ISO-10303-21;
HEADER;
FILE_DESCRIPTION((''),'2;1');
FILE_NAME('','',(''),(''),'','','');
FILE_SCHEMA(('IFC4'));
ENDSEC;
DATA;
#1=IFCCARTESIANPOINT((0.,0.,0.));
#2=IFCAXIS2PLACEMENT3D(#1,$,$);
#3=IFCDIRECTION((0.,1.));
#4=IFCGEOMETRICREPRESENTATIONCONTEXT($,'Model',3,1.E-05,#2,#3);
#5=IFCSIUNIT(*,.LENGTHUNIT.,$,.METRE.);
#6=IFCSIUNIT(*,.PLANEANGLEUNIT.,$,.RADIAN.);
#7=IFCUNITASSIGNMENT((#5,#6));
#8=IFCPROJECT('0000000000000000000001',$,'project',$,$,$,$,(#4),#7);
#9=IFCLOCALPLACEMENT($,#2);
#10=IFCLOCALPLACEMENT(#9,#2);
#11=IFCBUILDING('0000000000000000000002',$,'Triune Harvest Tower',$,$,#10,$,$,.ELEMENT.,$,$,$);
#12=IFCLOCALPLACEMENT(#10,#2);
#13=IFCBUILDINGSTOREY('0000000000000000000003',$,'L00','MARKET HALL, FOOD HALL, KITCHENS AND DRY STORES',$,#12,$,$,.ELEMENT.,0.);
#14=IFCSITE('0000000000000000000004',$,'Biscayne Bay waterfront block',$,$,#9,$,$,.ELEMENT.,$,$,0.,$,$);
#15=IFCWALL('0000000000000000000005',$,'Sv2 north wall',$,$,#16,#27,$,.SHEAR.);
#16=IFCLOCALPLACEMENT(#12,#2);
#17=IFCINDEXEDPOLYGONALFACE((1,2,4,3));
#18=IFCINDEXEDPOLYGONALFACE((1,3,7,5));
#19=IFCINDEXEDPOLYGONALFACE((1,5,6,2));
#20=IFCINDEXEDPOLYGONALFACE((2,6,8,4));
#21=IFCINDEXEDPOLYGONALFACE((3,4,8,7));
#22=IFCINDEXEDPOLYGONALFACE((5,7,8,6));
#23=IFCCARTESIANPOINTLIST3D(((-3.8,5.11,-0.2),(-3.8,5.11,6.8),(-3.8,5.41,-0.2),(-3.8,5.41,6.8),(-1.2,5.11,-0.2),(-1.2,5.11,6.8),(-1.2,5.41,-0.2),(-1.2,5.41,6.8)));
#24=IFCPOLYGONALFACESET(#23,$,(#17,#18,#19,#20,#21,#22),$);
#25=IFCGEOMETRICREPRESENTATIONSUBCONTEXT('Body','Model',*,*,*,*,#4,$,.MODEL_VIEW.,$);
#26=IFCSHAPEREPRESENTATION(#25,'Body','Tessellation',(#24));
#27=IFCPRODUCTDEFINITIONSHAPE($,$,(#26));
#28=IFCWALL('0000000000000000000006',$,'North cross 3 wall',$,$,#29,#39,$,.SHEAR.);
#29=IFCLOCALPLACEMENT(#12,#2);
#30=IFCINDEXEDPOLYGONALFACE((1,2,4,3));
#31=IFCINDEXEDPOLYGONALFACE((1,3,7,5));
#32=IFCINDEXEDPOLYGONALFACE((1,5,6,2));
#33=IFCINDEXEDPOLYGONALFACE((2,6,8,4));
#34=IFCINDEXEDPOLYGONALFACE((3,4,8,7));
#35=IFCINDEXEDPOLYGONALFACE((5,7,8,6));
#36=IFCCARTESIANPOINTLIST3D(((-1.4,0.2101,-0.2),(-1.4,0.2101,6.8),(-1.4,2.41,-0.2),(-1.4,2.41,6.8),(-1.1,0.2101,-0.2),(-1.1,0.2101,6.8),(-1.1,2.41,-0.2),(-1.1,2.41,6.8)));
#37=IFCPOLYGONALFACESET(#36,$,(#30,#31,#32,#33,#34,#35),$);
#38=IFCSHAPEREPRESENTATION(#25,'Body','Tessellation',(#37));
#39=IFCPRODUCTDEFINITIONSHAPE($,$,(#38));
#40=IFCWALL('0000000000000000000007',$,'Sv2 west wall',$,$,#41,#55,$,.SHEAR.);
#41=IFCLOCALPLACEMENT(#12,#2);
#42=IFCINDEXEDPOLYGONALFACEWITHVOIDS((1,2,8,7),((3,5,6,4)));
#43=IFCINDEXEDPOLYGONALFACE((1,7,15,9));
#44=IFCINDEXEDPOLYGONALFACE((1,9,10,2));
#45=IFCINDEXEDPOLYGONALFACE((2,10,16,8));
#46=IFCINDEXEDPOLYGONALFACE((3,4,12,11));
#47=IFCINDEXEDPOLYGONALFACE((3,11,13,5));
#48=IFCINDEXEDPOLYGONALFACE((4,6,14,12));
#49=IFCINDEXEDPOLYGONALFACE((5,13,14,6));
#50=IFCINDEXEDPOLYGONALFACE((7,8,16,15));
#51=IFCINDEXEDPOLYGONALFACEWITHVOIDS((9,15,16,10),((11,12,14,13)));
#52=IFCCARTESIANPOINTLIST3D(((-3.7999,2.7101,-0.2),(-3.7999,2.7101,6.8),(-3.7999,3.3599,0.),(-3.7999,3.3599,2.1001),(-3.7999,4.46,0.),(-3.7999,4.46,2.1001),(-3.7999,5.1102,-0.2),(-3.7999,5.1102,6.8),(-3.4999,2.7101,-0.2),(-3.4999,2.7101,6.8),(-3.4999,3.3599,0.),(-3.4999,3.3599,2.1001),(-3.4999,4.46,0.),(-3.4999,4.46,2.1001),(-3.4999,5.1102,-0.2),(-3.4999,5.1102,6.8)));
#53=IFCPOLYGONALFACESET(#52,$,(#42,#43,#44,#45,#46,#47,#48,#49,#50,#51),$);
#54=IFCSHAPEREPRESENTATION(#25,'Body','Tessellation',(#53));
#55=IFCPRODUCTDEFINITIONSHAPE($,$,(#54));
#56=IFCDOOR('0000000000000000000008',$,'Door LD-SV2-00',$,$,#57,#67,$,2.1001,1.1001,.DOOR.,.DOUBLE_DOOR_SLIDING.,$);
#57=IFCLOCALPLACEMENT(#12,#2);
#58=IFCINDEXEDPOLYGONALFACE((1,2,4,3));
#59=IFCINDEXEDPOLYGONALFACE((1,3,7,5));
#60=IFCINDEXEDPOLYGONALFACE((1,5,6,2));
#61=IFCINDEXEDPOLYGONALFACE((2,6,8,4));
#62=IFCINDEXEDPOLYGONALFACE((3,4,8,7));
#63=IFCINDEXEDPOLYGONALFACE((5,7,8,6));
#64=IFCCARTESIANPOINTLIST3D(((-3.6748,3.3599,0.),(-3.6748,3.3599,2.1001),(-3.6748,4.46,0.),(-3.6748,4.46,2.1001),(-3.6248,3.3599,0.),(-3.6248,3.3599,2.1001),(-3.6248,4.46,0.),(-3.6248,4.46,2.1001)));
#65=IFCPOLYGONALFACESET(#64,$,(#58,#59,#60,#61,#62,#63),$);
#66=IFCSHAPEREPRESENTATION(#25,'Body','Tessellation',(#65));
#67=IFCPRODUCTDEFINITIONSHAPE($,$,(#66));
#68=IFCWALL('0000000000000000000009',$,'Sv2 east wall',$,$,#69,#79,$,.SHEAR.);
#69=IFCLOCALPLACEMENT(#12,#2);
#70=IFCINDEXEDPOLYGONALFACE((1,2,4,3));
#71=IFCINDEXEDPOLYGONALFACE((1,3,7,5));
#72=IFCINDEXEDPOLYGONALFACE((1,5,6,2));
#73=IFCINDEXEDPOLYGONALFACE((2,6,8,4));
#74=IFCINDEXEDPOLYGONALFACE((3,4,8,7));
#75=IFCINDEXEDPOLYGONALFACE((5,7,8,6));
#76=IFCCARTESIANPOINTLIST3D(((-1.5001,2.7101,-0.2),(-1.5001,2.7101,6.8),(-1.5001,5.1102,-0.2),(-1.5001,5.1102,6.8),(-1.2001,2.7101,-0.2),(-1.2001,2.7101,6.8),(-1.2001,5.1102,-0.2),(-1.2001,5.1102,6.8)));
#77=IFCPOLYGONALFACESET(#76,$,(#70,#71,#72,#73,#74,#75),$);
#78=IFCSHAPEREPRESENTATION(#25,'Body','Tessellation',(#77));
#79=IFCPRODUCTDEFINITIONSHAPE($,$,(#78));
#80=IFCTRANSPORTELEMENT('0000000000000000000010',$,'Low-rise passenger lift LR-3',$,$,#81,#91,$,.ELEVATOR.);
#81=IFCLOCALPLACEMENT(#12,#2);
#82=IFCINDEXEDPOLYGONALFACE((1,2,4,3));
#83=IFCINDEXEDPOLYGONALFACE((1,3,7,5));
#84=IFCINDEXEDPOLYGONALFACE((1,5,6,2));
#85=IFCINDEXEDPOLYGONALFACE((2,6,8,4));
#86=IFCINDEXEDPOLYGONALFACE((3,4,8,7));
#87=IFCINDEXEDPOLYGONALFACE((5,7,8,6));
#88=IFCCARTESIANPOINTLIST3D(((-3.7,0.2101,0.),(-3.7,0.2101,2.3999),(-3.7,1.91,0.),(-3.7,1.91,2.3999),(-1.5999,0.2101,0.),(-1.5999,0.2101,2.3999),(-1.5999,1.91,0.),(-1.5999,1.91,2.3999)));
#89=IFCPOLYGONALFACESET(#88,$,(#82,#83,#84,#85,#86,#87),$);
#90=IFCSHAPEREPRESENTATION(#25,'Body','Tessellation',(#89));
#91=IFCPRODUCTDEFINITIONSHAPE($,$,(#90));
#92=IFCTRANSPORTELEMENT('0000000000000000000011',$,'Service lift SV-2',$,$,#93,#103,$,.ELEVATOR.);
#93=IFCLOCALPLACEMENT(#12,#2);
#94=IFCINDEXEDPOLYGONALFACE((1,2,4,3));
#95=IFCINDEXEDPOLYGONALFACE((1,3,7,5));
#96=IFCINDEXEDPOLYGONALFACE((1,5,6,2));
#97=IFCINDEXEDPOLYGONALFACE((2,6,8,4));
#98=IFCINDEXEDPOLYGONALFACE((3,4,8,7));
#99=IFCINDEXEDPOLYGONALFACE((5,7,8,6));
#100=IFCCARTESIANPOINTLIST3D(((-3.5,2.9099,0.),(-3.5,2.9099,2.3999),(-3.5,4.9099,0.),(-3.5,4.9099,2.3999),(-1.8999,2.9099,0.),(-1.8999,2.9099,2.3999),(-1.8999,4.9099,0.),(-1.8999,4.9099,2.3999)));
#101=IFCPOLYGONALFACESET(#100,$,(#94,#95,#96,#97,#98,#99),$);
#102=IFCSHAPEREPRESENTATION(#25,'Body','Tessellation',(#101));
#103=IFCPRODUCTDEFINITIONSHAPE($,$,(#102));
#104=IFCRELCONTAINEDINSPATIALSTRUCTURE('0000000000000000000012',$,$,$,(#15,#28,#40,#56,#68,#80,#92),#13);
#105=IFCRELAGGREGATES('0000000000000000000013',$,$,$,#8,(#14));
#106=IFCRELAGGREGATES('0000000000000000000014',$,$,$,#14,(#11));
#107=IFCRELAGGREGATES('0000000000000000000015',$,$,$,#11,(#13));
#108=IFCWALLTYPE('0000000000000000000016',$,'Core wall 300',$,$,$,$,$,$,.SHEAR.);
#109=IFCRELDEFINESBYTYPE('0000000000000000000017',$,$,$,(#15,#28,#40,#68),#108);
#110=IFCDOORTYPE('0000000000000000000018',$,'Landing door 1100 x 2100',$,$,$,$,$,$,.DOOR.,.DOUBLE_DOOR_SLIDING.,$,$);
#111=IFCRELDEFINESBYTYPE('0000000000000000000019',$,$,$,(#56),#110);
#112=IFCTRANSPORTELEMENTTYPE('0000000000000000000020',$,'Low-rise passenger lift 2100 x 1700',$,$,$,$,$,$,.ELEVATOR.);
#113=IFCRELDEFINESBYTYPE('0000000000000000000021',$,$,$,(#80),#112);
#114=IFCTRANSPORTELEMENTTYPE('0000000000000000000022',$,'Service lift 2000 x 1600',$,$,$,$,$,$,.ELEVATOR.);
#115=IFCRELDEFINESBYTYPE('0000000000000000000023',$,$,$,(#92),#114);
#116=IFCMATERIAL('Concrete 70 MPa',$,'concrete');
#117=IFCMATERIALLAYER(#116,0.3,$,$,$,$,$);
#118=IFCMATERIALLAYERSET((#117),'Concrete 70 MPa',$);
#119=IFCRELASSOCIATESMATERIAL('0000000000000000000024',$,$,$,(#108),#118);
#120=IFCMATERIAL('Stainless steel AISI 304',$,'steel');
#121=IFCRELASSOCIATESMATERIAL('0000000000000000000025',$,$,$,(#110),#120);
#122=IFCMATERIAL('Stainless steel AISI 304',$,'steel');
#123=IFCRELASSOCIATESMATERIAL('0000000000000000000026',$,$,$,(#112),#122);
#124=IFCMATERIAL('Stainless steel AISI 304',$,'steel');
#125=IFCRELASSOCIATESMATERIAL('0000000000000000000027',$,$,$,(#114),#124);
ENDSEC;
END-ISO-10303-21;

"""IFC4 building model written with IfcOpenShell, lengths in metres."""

from ifc_helpers import new_model, si_unit, direction, frame, frame_2d, origin, origin_2d, place, context, subcontext, project, spatial, rectangle, extrude, source, transform, mapped, material, layer, layer_set, type_object, element, fill, save


model = new_model("IFC4")

# Units and contexts
model_context = context("Model", 3, precision=1e-05, world=origin(), true_north=direction((0.0, 1.0)))
body_context = subcontext(model_context, "Body", "Model", "MODEL_VIEW")
ifc_project = project(units=[si_unit("LENGTHUNIT", "METRE"), si_unit("PLANEANGLEUNIT", "RADIAN")], contexts=[model_context])

# Site, building, storey
site_placement = place(None, origin())
site = spatial("IfcSite", under=ifc_project, at=site_placement, Name="Biscayne Bay waterfront block", CompositionType="ELEMENT", RefElevation=0.0)
building_placement = place(site_placement, origin())
building = spatial("IfcBuilding", under=site, at=building_placement, Name="Triune Harvest Tower", CompositionType="ELEMENT")
storey_placement = place(building_placement, origin())
storey = spatial("IfcBuildingStorey", under=building, at=storey_placement, Name="L00", Description="MARKET HALL, FOOD HALL, KITCHENS AND DRY STORES", CompositionType="ELEMENT", Elevation=0.0)

# Walls
ifc_material_1 = material(Name="Concrete 70 MPa", Category="concrete")
ifc_layer_1 = layer(ifc_material_1, 0.3)
ifc_layer_set_1 = layer_set([ifc_layer_1], Name="Concrete 70 MPa")
wall_type = type_object("IfcWallType", Name="Core wall 300", PredefinedType="SHEAR", material=ifc_layer_set_1)
wall_1_placement = place(storey_placement, frame((-3.8, 5.26, -0.2), z_axis=(0.0, 0.0, 1.0), x_axis=(1.0, 0.0, 0.0)))
element("IfcWall", 1, at=wall_1_placement, inside=storey, type_object=wall_type, Name="Sv2 north wall", PredefinedType="SHEAR", context=body_context, shape_type="SweptSolid", body=[
    extrude(rectangle(XDim=2.6001, YDim=0.3, at=frame_2d((1.3, 0.0))), origin(), (0.0, 0.0, 1.0), 7.0),
])
shared_shape_1 = source(origin(), body_context, "Body", "SweptSolid", [
    extrude(rectangle(XDim=2.2, YDim=0.3, at=frame_2d((1.1001, 0.0))), origin(), (0.0, 0.0, 1.0), 7.0),
])
wall_2_placement = place(storey_placement, frame((-1.25, 0.21, -0.2), z_axis=(0.0, 0.0, 1.0), x_axis=(0.0, 1.0, 0.0)))
element("IfcWall", 2, at=wall_2_placement, inside=storey, type_object=wall_type, Name="North cross 3 wall", PredefinedType="SHEAR", context=body_context, shape_type="MappedRepresentation", body=[
    mapped(shared_shape_1, transform((0.0, 0.0, 0.0), scale=1.0)),
])

# Wall, opening, door
shared_shape_2 = source(origin(), body_context, "Body", "SweptSolid", [
    extrude(rectangle(XDim=2.4001, YDim=0.3, at=frame_2d((1.2002, 0.0))), origin(), (0.0, 0.0, 1.0), 7.0),
])
wall_3_placement = place(storey_placement, frame((-3.6499, 2.71, -0.2), z_axis=(0.0, 0.0, 1.0), x_axis=(0.0, 1.0, 0.0)))
wall_3 = element("IfcWall", 3, at=wall_3_placement, inside=storey, type_object=wall_type, Name="Sv2 west wall", PredefinedType="SHEAR", context=body_context, shape_type="MappedRepresentation", body=[
    mapped(shared_shape_2, transform((0.0, 0.0, 0.0), scale=1.0)),
])
opening_placement = place(wall_3_placement, frame((0.6499, 0.0, 0.2)))
opening = element("IfcOpeningElement", 4, at=opening_placement, cuts=wall_3, PredefinedType="OPENING", context=body_context, shape_type="SweptSolid", body=[
    extrude(rectangle(XDim=1.1001, YDim=2.1001, at=frame_2d((0.55, 1.05))), frame((0.0, 0.1602, 0.0), z_axis=(0.0, -1.0, 0.0), x_axis=(1.0, 0.0, 0.0)), (0.0, 0.0, 1.0), 0.3201),
])
ifc_material_2 = material(Name="Stainless steel AISI 304", Category="steel")
door_type = type_object("IfcDoorType", Name="Landing door 1100 x 2100", OperationType="DOUBLE_DOOR_SLIDING", PredefinedType="DOOR", material=ifc_material_2)
door_placement = place(opening_placement, origin())
door = element("IfcDoor", 5, at=door_placement, inside=storey, type_object=door_type, Name="Door LD-SV2-00", OperationType="DOUBLE_DOOR_SLIDING", OverallHeight=2.1001, OverallWidth=1.1001, PredefinedType="DOOR", context=body_context, shape_type="SweptSolid", body=[
    extrude(rectangle(XDim=1.1001, YDim=2.1001, at=frame_2d((0.55, 1.05))), frame((0.0, 0.0249, 0.0), z_axis=(0.0, -1.0, 0.0), x_axis=(1.0, 0.0, 0.0)), (0.0, 0.0, 1.0), 0.05),
])
fill(opening, door)

# Wall
wall_4_placement = place(storey_placement, frame((-1.3501, 2.71, -0.2), z_axis=(0.0, 0.0, 1.0), x_axis=(0.0, 1.0, 0.0)))
element("IfcWall", 6, at=wall_4_placement, inside=storey, type_object=wall_type, Name="Sv2 east wall", PredefinedType="SHEAR", context=body_context, shape_type="MappedRepresentation", body=[
    mapped(shared_shape_2, transform((0.0, 0.0, 0.0), scale=1.0)),
])

# Transport elements
ifc_material_3 = material(Name="Stainless steel AISI 304", Category="steel")
transport_element_type_1 = type_object("IfcTransportElementType", Name="Low-rise passenger lift 2100 x 1700", PredefinedType="ELEVATOR", material=ifc_material_3)
shared_shape_3 = source(origin(), body_context, "Body", "SweptSolid", [
    extrude(rectangle(XDim=2.1001, YDim=1.7, at=origin_2d()), origin(), (0.0, 0.0, 1.0), 2.3999),
])
transport_element_1_placement = place(storey_placement, frame((-2.6499, 1.0601, 0.0), z_axis=(0.0, 0.0, 1.0), x_axis=(1.0, 0.0, 0.0)))
element("IfcTransportElement", 7, at=transport_element_1_placement, inside=storey, type_object=transport_element_type_1, Name="Low-rise passenger lift LR-3", PredefinedType="ELEVATOR", context=body_context, shape_type="MappedRepresentation", body=[
    mapped(shared_shape_3, transform((0.0, 0.0, 0.0), scale=1.0)),
])
ifc_material_4 = material(Name="Stainless steel AISI 304", Category="steel")
transport_element_type_2 = type_object("IfcTransportElementType", Name="Service lift 2000 x 1600", PredefinedType="ELEVATOR", material=ifc_material_4)
shared_shape_4 = source(origin(), body_context, "Body", "SweptSolid", [
    extrude(rectangle(XDim=1.6001, YDim=2.0, at=origin_2d()), origin(), (0.0, 0.0, 1.0), 2.3999),
])
transport_element_2_placement = place(storey_placement, frame((-2.7, 3.9099, 0.0), z_axis=(0.0, 0.0, 1.0), x_axis=(1.0, 0.0, 0.0)))
element("IfcTransportElement", 8, at=transport_element_2_placement, inside=storey, type_object=transport_element_type_2, Name="Service lift SV-2", PredefinedType="ELEVATOR", context=body_context, shape_type="MappedRepresentation", body=[
    mapped(shared_shape_4, transform((0.0, 0.0, 0.0), scale=1.0)),
])

save(model, "model.ifc")
